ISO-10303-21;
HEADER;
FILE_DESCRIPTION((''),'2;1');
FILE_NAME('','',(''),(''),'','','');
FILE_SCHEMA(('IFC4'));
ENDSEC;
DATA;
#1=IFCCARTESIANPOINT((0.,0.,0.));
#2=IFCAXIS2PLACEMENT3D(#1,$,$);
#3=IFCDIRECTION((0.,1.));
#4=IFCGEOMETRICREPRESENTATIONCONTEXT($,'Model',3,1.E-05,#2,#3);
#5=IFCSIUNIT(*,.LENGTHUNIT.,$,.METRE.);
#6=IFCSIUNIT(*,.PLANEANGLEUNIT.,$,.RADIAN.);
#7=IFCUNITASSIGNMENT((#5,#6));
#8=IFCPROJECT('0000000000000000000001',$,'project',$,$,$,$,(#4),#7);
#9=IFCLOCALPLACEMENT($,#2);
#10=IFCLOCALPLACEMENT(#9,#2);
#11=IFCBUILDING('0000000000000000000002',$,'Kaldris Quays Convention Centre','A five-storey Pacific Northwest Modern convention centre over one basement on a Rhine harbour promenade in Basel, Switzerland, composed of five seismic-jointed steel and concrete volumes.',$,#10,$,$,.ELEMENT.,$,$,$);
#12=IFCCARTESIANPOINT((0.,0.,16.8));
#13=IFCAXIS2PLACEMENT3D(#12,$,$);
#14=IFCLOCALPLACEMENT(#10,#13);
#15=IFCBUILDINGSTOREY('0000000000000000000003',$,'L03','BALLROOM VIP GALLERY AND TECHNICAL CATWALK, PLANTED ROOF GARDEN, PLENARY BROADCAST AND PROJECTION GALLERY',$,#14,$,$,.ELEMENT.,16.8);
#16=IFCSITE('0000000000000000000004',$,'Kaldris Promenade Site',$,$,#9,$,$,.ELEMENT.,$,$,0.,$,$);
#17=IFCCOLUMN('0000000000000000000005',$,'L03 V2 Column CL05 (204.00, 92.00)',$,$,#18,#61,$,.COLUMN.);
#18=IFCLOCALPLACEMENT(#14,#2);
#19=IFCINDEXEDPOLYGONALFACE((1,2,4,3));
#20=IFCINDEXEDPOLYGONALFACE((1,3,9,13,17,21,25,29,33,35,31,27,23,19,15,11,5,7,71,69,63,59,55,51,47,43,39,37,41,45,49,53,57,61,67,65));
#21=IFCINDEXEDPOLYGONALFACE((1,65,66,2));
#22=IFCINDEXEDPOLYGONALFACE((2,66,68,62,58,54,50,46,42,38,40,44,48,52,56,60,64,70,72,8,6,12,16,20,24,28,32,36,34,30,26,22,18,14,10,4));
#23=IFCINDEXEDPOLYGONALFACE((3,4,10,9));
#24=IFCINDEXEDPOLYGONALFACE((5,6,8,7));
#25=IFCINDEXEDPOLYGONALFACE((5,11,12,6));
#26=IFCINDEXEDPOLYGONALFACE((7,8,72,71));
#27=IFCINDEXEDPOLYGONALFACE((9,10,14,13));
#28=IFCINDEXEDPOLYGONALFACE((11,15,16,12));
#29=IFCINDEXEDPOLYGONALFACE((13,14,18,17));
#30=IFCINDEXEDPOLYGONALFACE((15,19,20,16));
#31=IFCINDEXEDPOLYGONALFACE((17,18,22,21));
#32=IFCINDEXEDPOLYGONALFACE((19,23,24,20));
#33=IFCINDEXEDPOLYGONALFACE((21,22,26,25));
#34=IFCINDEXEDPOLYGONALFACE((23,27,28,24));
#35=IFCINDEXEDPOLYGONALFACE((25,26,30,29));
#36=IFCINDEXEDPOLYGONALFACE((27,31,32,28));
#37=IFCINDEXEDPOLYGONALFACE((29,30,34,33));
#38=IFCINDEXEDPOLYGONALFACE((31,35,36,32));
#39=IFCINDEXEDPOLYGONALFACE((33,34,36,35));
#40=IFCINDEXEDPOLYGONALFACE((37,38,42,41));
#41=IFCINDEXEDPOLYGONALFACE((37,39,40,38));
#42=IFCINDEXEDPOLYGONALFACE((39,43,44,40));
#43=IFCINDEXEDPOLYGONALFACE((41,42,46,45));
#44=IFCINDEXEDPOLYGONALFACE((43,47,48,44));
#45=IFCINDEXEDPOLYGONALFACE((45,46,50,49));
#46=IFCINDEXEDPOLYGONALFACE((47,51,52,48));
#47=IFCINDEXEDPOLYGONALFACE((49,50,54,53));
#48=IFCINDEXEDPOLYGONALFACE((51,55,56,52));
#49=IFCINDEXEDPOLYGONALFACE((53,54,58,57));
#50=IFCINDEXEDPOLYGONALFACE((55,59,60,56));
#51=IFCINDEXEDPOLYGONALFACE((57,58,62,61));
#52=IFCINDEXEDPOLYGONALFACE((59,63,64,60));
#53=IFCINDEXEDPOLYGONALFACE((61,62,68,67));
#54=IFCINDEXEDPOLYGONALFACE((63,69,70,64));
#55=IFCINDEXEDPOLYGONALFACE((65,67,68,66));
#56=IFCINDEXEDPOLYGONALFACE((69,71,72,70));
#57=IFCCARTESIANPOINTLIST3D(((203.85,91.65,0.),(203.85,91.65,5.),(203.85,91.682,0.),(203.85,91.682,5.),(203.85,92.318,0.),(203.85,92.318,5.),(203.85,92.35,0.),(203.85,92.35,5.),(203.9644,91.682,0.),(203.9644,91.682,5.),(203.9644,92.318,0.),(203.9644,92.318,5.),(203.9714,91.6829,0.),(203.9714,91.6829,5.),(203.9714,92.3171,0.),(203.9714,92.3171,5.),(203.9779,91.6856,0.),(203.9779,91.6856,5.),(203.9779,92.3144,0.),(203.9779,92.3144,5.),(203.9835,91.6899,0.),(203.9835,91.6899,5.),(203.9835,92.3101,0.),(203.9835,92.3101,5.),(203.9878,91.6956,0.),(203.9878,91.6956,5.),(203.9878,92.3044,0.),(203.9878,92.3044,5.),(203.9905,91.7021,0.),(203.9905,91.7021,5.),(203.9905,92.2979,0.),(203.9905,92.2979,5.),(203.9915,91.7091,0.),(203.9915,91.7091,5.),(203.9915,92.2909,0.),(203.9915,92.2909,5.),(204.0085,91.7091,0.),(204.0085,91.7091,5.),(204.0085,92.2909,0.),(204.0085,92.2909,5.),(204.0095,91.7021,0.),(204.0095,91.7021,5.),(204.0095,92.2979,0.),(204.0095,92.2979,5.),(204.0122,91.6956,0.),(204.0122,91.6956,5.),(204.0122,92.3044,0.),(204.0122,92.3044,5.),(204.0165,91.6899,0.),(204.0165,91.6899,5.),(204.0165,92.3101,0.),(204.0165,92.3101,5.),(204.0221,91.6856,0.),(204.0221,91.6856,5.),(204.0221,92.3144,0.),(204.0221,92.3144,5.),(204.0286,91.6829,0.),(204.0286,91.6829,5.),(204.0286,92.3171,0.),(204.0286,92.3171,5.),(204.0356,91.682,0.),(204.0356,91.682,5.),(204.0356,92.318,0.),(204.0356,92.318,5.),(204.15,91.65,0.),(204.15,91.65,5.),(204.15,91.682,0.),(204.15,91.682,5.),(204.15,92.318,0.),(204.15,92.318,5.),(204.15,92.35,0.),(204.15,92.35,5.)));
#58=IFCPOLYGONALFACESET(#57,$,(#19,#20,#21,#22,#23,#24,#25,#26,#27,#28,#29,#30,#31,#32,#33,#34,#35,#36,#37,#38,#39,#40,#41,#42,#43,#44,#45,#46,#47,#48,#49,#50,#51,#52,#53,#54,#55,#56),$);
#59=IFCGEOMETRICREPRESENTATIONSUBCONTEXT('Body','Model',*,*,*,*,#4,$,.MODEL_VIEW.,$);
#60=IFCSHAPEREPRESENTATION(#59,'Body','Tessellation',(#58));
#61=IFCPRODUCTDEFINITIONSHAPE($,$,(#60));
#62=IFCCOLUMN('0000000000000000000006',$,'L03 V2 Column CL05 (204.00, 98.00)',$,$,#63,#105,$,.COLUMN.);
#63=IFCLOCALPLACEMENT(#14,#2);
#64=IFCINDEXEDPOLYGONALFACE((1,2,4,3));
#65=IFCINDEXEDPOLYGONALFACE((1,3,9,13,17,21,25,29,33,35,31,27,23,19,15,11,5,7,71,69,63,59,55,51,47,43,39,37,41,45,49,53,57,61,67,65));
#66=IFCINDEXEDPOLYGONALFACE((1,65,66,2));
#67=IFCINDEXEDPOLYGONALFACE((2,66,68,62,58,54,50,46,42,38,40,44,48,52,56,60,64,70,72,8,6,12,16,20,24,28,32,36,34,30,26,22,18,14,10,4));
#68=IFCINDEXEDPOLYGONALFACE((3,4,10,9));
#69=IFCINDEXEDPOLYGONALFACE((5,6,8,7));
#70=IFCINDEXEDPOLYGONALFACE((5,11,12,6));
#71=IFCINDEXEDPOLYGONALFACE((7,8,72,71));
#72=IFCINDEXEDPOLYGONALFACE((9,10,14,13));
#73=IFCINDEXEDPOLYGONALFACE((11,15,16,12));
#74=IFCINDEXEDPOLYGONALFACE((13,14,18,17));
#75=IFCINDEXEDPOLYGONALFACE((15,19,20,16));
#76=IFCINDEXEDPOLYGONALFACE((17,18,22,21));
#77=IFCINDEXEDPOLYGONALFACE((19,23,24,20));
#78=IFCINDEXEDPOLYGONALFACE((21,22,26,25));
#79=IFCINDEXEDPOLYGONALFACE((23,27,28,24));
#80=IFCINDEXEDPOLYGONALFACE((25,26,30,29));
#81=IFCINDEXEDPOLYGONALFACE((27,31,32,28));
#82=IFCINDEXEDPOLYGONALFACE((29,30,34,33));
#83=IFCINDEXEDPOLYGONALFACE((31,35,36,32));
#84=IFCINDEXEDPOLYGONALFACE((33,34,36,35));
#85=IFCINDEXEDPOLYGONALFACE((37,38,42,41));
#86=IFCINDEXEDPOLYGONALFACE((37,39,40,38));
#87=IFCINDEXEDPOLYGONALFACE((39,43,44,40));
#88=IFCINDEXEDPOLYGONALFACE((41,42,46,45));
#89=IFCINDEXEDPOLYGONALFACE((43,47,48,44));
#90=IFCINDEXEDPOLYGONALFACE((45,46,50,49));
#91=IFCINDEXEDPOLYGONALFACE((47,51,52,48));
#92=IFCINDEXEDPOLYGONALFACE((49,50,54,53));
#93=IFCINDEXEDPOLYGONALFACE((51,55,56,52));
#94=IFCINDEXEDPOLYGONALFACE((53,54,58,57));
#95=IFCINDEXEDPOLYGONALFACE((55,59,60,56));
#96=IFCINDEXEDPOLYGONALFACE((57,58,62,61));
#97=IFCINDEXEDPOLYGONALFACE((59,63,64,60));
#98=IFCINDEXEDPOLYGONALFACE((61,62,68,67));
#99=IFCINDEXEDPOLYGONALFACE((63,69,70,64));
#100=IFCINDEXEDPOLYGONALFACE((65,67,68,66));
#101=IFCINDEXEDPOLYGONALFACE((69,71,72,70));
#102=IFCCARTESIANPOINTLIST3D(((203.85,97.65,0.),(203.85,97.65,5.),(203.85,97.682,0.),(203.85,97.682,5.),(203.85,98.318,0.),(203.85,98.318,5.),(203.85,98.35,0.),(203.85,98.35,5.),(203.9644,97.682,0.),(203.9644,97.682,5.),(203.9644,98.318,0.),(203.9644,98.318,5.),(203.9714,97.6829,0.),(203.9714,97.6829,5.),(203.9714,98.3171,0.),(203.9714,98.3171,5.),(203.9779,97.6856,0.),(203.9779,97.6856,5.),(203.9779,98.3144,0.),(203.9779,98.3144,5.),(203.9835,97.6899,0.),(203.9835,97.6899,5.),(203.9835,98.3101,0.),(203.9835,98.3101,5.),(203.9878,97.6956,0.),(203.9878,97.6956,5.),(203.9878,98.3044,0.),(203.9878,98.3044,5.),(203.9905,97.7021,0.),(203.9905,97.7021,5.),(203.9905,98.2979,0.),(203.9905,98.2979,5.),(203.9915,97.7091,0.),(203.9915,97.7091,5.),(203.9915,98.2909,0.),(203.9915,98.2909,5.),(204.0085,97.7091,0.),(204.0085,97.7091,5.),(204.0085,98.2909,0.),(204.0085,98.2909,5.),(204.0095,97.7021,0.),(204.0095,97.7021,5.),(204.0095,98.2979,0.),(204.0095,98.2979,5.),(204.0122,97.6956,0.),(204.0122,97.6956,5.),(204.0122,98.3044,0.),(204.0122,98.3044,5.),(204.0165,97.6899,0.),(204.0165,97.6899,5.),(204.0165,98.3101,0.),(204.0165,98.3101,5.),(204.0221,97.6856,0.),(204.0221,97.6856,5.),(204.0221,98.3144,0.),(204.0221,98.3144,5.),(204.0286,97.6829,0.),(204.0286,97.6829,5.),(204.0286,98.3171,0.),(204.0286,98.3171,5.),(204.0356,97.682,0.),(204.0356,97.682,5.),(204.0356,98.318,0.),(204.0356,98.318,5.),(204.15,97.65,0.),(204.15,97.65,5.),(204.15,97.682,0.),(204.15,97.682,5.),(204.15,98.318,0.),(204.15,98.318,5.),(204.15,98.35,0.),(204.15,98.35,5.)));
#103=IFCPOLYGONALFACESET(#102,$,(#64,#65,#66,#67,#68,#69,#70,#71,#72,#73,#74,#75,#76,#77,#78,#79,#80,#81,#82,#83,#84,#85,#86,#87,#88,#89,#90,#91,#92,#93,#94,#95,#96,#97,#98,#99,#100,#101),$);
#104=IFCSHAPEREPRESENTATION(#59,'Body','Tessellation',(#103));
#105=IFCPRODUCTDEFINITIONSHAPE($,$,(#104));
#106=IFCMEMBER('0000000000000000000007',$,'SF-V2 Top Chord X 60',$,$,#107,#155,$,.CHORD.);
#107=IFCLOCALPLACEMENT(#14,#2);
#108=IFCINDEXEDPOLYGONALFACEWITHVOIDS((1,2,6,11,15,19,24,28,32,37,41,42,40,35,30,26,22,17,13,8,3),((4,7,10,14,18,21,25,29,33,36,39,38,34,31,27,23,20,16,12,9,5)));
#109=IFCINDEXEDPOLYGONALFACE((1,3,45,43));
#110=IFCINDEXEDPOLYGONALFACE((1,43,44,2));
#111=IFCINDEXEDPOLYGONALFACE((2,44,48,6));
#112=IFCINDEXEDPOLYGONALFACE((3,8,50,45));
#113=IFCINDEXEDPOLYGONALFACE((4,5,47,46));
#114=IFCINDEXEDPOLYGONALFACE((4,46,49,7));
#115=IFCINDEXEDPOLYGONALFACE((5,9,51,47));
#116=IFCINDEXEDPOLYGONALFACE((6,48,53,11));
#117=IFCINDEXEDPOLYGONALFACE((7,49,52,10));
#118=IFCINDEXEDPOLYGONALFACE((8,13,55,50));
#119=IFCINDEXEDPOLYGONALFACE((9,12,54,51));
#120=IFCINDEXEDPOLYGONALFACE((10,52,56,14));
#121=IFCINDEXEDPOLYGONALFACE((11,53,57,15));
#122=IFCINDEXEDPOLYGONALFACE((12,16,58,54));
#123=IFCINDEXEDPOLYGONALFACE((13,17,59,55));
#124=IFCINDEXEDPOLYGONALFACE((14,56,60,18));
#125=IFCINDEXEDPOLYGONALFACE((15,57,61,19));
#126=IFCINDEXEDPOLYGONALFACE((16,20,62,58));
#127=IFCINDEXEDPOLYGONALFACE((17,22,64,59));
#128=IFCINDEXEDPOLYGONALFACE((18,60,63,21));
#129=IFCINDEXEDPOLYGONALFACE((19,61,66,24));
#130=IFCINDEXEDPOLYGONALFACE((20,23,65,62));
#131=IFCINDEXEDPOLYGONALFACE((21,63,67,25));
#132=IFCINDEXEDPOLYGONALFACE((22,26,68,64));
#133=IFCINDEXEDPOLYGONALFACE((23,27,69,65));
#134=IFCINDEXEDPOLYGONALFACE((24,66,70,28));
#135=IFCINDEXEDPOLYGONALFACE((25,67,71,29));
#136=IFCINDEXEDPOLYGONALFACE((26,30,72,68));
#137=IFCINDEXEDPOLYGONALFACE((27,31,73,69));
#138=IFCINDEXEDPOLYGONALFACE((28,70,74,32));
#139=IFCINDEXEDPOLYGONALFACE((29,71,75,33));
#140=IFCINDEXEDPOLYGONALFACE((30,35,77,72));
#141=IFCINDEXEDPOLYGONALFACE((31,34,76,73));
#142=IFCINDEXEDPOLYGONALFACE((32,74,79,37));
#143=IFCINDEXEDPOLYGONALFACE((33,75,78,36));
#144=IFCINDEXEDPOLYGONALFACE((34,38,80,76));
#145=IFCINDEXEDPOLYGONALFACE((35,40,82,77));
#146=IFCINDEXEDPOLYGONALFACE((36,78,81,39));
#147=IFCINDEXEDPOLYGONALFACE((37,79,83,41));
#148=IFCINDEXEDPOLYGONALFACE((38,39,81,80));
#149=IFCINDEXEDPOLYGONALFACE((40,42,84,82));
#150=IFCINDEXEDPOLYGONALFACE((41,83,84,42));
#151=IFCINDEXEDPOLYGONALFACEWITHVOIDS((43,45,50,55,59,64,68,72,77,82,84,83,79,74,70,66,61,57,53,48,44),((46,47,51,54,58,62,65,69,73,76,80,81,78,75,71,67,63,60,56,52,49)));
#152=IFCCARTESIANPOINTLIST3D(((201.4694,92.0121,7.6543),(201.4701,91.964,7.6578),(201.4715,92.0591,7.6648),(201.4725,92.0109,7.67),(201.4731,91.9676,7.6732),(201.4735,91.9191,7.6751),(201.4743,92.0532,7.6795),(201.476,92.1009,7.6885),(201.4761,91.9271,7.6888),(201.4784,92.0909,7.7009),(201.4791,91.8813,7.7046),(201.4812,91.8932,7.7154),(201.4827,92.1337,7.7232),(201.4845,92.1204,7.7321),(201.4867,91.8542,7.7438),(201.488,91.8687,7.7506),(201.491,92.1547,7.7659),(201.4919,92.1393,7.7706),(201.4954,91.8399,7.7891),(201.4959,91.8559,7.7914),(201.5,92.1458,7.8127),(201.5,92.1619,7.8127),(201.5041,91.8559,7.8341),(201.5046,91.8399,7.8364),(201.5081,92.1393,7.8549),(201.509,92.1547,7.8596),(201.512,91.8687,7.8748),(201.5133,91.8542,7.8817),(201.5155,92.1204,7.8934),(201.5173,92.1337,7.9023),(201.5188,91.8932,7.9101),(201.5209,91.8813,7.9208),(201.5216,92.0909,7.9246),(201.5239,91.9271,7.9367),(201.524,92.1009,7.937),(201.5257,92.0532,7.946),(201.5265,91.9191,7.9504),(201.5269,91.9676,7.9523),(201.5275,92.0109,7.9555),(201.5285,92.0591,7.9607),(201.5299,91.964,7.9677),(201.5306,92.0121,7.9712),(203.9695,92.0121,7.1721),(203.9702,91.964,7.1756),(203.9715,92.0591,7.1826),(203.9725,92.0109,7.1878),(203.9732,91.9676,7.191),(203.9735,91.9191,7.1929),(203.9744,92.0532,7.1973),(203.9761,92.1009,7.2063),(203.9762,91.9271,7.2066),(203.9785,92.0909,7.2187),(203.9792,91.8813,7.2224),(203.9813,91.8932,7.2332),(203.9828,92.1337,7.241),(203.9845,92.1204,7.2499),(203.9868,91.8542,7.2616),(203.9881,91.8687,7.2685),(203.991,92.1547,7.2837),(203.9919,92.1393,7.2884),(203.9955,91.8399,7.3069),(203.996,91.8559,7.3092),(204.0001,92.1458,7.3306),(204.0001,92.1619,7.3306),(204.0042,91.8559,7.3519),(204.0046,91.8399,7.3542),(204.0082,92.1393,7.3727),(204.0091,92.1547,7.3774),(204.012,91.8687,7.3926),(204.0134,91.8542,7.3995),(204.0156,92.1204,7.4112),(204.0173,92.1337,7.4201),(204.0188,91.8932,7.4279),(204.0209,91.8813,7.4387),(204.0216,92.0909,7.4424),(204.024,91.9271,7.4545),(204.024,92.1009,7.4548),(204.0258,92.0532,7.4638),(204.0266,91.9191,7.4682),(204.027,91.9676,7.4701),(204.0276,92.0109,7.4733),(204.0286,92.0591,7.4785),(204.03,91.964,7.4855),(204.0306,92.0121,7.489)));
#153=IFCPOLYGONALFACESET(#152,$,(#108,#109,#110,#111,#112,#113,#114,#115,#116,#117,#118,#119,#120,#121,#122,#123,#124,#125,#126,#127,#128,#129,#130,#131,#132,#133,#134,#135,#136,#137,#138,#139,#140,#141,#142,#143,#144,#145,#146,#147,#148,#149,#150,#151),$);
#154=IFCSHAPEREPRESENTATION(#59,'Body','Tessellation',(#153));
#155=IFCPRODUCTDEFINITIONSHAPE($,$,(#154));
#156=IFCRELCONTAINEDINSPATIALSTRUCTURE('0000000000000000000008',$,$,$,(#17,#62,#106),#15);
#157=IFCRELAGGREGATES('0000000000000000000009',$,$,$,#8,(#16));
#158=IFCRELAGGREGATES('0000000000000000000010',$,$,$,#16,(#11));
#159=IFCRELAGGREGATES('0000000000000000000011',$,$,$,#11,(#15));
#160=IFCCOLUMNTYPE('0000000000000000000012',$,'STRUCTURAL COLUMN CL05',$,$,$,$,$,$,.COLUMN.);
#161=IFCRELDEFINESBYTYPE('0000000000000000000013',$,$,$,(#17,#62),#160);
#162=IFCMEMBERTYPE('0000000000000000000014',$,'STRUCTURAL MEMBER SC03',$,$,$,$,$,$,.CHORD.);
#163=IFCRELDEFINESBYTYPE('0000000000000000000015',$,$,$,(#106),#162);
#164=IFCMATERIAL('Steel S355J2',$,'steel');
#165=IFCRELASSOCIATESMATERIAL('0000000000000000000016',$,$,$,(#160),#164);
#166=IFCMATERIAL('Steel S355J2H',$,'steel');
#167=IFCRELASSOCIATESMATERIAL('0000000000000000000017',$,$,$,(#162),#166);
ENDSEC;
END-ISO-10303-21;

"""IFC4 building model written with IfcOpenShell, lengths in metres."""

from ifc_helpers import new_model, si_unit, direction, frame, origin, origin_2d, place, context, subcontext, project, spatial, hollow_circle, i_section, extrude, material, material_profile, profile_set, type_object, element, save


model = new_model("IFC4")

# Units and contexts
model_context = context("Model", 3, precision=1e-05, world=origin(), true_north=direction((0.0, 1.0)))
body_context = subcontext(model_context, "Body", "Model", "MODEL_VIEW")
ifc_project = project(units=[si_unit("LENGTHUNIT", "METRE"), si_unit("PLANEANGLEUNIT", "RADIAN")], contexts=[model_context])

# Site, building, storey
site_placement = place(None, origin())
site = spatial("IfcSite", under=ifc_project, at=site_placement, Name="Kaldris Promenade Site", CompositionType="ELEMENT", RefElevation=0.0)
building_placement = place(site_placement, origin())
building = spatial("IfcBuilding", under=site, at=building_placement, Name="Kaldris Quays Convention Centre", Description="A five-storey Pacific Northwest Modern convention centre over one basement on a Rhine harbour promenade in Basel, Switzerland, composed of five seismic-jointed steel and concrete volumes.", CompositionType="ELEMENT")
storey_placement = place(building_placement, frame((0.0, 0.0, 16.8)))
storey = spatial("IfcBuildingStorey", under=building, at=storey_placement, Name="L03", Description="BALLROOM VIP GALLERY AND TECHNICAL CATWALK, PLANTED ROOF GARDEN, PLENARY BROADCAST AND PROJECTION GALLERY", CompositionType="ELEMENT", Elevation=16.8)

# Columns
ifc_material_1 = material(Name="Steel S355J2", Category="steel")
ifc_material_profile_1 = material_profile(ifc_material_1, i_section(OverallWidth=0.3, OverallDepth=0.7, WebThickness=0.0171, FlangeThickness=0.032, FilletRadius=0.0271, at=origin_2d()), Name="HEB 700")
ifc_profile_set_1 = profile_set([ifc_material_profile_1], Name="Steel S355J2")
column_type = type_object("IfcColumnType", Name="STRUCTURAL COLUMN CL05", PredefinedType="COLUMN", material=ifc_profile_set_1)
for number, where, z_axis, x_axis, name in (
    (1, (204.0, 92.0, 0.0), (0.0, 0.0, 1.0), (1.0, 0.0, 0.0), "L03 V2 Column CL05 (204.00, 92.00)"),
    (2, (204.0, 98.0, 0.0), (0.0, 0.0, 1.0), (1.0, 0.0, 0.0), "L03 V2 Column CL05 (204.00, 98.00)"),
):
    element("IfcColumn", number, at=place(storey_placement, frame(where, z_axis=z_axis, x_axis=x_axis)), inside=storey, type_object=column_type, Name=name, PredefinedType="COLUMN", context=body_context, shape_type="SweptSolid", body=[
        extrude(i_section(OverallWidth=0.3, OverallDepth=0.7, WebThickness=0.0171, FlangeThickness=0.032, FilletRadius=0.0271, at=origin_2d()), origin(), (0.0, 0.0, 1.0), 5.0),
    ])

# Member
ifc_material_2 = material(Name="Steel S355J2H", Category="steel")
ifc_material_profile_2 = material_profile(ifc_material_2, hollow_circle(Radius=0.1619, WallThickness=0.0161, at=origin_2d()), Name="CHS 323.9x16")
ifc_profile_set_2 = profile_set([ifc_material_profile_2], Name="Steel S355J2H")
member_type_1 = type_object("IfcMemberType", Name="STRUCTURAL MEMBER SC03", PredefinedType="CHORD", material=ifc_profile_set_2)
member_1_placement = place(storey_placement, frame((201.5, 92.0, 7.8127), z_axis=(0.981904, 0.0, -0.189381), x_axis=(0.0, 1.0, 0.0)))
element("IfcMember", 3, at=member_1_placement, inside=storey, type_object=member_type_1, Name="SF-V2 Top Chord X 60", PredefinedType="CHORD", context=body_context, shape_type="SweptSolid", body=[
    extrude(hollow_circle(Radius=0.1619, WallThickness=0.0161, at=origin_2d()), origin(), (0.0, 0.0, 1.0), 2.5461),
])

save(model, "model.ifc")
